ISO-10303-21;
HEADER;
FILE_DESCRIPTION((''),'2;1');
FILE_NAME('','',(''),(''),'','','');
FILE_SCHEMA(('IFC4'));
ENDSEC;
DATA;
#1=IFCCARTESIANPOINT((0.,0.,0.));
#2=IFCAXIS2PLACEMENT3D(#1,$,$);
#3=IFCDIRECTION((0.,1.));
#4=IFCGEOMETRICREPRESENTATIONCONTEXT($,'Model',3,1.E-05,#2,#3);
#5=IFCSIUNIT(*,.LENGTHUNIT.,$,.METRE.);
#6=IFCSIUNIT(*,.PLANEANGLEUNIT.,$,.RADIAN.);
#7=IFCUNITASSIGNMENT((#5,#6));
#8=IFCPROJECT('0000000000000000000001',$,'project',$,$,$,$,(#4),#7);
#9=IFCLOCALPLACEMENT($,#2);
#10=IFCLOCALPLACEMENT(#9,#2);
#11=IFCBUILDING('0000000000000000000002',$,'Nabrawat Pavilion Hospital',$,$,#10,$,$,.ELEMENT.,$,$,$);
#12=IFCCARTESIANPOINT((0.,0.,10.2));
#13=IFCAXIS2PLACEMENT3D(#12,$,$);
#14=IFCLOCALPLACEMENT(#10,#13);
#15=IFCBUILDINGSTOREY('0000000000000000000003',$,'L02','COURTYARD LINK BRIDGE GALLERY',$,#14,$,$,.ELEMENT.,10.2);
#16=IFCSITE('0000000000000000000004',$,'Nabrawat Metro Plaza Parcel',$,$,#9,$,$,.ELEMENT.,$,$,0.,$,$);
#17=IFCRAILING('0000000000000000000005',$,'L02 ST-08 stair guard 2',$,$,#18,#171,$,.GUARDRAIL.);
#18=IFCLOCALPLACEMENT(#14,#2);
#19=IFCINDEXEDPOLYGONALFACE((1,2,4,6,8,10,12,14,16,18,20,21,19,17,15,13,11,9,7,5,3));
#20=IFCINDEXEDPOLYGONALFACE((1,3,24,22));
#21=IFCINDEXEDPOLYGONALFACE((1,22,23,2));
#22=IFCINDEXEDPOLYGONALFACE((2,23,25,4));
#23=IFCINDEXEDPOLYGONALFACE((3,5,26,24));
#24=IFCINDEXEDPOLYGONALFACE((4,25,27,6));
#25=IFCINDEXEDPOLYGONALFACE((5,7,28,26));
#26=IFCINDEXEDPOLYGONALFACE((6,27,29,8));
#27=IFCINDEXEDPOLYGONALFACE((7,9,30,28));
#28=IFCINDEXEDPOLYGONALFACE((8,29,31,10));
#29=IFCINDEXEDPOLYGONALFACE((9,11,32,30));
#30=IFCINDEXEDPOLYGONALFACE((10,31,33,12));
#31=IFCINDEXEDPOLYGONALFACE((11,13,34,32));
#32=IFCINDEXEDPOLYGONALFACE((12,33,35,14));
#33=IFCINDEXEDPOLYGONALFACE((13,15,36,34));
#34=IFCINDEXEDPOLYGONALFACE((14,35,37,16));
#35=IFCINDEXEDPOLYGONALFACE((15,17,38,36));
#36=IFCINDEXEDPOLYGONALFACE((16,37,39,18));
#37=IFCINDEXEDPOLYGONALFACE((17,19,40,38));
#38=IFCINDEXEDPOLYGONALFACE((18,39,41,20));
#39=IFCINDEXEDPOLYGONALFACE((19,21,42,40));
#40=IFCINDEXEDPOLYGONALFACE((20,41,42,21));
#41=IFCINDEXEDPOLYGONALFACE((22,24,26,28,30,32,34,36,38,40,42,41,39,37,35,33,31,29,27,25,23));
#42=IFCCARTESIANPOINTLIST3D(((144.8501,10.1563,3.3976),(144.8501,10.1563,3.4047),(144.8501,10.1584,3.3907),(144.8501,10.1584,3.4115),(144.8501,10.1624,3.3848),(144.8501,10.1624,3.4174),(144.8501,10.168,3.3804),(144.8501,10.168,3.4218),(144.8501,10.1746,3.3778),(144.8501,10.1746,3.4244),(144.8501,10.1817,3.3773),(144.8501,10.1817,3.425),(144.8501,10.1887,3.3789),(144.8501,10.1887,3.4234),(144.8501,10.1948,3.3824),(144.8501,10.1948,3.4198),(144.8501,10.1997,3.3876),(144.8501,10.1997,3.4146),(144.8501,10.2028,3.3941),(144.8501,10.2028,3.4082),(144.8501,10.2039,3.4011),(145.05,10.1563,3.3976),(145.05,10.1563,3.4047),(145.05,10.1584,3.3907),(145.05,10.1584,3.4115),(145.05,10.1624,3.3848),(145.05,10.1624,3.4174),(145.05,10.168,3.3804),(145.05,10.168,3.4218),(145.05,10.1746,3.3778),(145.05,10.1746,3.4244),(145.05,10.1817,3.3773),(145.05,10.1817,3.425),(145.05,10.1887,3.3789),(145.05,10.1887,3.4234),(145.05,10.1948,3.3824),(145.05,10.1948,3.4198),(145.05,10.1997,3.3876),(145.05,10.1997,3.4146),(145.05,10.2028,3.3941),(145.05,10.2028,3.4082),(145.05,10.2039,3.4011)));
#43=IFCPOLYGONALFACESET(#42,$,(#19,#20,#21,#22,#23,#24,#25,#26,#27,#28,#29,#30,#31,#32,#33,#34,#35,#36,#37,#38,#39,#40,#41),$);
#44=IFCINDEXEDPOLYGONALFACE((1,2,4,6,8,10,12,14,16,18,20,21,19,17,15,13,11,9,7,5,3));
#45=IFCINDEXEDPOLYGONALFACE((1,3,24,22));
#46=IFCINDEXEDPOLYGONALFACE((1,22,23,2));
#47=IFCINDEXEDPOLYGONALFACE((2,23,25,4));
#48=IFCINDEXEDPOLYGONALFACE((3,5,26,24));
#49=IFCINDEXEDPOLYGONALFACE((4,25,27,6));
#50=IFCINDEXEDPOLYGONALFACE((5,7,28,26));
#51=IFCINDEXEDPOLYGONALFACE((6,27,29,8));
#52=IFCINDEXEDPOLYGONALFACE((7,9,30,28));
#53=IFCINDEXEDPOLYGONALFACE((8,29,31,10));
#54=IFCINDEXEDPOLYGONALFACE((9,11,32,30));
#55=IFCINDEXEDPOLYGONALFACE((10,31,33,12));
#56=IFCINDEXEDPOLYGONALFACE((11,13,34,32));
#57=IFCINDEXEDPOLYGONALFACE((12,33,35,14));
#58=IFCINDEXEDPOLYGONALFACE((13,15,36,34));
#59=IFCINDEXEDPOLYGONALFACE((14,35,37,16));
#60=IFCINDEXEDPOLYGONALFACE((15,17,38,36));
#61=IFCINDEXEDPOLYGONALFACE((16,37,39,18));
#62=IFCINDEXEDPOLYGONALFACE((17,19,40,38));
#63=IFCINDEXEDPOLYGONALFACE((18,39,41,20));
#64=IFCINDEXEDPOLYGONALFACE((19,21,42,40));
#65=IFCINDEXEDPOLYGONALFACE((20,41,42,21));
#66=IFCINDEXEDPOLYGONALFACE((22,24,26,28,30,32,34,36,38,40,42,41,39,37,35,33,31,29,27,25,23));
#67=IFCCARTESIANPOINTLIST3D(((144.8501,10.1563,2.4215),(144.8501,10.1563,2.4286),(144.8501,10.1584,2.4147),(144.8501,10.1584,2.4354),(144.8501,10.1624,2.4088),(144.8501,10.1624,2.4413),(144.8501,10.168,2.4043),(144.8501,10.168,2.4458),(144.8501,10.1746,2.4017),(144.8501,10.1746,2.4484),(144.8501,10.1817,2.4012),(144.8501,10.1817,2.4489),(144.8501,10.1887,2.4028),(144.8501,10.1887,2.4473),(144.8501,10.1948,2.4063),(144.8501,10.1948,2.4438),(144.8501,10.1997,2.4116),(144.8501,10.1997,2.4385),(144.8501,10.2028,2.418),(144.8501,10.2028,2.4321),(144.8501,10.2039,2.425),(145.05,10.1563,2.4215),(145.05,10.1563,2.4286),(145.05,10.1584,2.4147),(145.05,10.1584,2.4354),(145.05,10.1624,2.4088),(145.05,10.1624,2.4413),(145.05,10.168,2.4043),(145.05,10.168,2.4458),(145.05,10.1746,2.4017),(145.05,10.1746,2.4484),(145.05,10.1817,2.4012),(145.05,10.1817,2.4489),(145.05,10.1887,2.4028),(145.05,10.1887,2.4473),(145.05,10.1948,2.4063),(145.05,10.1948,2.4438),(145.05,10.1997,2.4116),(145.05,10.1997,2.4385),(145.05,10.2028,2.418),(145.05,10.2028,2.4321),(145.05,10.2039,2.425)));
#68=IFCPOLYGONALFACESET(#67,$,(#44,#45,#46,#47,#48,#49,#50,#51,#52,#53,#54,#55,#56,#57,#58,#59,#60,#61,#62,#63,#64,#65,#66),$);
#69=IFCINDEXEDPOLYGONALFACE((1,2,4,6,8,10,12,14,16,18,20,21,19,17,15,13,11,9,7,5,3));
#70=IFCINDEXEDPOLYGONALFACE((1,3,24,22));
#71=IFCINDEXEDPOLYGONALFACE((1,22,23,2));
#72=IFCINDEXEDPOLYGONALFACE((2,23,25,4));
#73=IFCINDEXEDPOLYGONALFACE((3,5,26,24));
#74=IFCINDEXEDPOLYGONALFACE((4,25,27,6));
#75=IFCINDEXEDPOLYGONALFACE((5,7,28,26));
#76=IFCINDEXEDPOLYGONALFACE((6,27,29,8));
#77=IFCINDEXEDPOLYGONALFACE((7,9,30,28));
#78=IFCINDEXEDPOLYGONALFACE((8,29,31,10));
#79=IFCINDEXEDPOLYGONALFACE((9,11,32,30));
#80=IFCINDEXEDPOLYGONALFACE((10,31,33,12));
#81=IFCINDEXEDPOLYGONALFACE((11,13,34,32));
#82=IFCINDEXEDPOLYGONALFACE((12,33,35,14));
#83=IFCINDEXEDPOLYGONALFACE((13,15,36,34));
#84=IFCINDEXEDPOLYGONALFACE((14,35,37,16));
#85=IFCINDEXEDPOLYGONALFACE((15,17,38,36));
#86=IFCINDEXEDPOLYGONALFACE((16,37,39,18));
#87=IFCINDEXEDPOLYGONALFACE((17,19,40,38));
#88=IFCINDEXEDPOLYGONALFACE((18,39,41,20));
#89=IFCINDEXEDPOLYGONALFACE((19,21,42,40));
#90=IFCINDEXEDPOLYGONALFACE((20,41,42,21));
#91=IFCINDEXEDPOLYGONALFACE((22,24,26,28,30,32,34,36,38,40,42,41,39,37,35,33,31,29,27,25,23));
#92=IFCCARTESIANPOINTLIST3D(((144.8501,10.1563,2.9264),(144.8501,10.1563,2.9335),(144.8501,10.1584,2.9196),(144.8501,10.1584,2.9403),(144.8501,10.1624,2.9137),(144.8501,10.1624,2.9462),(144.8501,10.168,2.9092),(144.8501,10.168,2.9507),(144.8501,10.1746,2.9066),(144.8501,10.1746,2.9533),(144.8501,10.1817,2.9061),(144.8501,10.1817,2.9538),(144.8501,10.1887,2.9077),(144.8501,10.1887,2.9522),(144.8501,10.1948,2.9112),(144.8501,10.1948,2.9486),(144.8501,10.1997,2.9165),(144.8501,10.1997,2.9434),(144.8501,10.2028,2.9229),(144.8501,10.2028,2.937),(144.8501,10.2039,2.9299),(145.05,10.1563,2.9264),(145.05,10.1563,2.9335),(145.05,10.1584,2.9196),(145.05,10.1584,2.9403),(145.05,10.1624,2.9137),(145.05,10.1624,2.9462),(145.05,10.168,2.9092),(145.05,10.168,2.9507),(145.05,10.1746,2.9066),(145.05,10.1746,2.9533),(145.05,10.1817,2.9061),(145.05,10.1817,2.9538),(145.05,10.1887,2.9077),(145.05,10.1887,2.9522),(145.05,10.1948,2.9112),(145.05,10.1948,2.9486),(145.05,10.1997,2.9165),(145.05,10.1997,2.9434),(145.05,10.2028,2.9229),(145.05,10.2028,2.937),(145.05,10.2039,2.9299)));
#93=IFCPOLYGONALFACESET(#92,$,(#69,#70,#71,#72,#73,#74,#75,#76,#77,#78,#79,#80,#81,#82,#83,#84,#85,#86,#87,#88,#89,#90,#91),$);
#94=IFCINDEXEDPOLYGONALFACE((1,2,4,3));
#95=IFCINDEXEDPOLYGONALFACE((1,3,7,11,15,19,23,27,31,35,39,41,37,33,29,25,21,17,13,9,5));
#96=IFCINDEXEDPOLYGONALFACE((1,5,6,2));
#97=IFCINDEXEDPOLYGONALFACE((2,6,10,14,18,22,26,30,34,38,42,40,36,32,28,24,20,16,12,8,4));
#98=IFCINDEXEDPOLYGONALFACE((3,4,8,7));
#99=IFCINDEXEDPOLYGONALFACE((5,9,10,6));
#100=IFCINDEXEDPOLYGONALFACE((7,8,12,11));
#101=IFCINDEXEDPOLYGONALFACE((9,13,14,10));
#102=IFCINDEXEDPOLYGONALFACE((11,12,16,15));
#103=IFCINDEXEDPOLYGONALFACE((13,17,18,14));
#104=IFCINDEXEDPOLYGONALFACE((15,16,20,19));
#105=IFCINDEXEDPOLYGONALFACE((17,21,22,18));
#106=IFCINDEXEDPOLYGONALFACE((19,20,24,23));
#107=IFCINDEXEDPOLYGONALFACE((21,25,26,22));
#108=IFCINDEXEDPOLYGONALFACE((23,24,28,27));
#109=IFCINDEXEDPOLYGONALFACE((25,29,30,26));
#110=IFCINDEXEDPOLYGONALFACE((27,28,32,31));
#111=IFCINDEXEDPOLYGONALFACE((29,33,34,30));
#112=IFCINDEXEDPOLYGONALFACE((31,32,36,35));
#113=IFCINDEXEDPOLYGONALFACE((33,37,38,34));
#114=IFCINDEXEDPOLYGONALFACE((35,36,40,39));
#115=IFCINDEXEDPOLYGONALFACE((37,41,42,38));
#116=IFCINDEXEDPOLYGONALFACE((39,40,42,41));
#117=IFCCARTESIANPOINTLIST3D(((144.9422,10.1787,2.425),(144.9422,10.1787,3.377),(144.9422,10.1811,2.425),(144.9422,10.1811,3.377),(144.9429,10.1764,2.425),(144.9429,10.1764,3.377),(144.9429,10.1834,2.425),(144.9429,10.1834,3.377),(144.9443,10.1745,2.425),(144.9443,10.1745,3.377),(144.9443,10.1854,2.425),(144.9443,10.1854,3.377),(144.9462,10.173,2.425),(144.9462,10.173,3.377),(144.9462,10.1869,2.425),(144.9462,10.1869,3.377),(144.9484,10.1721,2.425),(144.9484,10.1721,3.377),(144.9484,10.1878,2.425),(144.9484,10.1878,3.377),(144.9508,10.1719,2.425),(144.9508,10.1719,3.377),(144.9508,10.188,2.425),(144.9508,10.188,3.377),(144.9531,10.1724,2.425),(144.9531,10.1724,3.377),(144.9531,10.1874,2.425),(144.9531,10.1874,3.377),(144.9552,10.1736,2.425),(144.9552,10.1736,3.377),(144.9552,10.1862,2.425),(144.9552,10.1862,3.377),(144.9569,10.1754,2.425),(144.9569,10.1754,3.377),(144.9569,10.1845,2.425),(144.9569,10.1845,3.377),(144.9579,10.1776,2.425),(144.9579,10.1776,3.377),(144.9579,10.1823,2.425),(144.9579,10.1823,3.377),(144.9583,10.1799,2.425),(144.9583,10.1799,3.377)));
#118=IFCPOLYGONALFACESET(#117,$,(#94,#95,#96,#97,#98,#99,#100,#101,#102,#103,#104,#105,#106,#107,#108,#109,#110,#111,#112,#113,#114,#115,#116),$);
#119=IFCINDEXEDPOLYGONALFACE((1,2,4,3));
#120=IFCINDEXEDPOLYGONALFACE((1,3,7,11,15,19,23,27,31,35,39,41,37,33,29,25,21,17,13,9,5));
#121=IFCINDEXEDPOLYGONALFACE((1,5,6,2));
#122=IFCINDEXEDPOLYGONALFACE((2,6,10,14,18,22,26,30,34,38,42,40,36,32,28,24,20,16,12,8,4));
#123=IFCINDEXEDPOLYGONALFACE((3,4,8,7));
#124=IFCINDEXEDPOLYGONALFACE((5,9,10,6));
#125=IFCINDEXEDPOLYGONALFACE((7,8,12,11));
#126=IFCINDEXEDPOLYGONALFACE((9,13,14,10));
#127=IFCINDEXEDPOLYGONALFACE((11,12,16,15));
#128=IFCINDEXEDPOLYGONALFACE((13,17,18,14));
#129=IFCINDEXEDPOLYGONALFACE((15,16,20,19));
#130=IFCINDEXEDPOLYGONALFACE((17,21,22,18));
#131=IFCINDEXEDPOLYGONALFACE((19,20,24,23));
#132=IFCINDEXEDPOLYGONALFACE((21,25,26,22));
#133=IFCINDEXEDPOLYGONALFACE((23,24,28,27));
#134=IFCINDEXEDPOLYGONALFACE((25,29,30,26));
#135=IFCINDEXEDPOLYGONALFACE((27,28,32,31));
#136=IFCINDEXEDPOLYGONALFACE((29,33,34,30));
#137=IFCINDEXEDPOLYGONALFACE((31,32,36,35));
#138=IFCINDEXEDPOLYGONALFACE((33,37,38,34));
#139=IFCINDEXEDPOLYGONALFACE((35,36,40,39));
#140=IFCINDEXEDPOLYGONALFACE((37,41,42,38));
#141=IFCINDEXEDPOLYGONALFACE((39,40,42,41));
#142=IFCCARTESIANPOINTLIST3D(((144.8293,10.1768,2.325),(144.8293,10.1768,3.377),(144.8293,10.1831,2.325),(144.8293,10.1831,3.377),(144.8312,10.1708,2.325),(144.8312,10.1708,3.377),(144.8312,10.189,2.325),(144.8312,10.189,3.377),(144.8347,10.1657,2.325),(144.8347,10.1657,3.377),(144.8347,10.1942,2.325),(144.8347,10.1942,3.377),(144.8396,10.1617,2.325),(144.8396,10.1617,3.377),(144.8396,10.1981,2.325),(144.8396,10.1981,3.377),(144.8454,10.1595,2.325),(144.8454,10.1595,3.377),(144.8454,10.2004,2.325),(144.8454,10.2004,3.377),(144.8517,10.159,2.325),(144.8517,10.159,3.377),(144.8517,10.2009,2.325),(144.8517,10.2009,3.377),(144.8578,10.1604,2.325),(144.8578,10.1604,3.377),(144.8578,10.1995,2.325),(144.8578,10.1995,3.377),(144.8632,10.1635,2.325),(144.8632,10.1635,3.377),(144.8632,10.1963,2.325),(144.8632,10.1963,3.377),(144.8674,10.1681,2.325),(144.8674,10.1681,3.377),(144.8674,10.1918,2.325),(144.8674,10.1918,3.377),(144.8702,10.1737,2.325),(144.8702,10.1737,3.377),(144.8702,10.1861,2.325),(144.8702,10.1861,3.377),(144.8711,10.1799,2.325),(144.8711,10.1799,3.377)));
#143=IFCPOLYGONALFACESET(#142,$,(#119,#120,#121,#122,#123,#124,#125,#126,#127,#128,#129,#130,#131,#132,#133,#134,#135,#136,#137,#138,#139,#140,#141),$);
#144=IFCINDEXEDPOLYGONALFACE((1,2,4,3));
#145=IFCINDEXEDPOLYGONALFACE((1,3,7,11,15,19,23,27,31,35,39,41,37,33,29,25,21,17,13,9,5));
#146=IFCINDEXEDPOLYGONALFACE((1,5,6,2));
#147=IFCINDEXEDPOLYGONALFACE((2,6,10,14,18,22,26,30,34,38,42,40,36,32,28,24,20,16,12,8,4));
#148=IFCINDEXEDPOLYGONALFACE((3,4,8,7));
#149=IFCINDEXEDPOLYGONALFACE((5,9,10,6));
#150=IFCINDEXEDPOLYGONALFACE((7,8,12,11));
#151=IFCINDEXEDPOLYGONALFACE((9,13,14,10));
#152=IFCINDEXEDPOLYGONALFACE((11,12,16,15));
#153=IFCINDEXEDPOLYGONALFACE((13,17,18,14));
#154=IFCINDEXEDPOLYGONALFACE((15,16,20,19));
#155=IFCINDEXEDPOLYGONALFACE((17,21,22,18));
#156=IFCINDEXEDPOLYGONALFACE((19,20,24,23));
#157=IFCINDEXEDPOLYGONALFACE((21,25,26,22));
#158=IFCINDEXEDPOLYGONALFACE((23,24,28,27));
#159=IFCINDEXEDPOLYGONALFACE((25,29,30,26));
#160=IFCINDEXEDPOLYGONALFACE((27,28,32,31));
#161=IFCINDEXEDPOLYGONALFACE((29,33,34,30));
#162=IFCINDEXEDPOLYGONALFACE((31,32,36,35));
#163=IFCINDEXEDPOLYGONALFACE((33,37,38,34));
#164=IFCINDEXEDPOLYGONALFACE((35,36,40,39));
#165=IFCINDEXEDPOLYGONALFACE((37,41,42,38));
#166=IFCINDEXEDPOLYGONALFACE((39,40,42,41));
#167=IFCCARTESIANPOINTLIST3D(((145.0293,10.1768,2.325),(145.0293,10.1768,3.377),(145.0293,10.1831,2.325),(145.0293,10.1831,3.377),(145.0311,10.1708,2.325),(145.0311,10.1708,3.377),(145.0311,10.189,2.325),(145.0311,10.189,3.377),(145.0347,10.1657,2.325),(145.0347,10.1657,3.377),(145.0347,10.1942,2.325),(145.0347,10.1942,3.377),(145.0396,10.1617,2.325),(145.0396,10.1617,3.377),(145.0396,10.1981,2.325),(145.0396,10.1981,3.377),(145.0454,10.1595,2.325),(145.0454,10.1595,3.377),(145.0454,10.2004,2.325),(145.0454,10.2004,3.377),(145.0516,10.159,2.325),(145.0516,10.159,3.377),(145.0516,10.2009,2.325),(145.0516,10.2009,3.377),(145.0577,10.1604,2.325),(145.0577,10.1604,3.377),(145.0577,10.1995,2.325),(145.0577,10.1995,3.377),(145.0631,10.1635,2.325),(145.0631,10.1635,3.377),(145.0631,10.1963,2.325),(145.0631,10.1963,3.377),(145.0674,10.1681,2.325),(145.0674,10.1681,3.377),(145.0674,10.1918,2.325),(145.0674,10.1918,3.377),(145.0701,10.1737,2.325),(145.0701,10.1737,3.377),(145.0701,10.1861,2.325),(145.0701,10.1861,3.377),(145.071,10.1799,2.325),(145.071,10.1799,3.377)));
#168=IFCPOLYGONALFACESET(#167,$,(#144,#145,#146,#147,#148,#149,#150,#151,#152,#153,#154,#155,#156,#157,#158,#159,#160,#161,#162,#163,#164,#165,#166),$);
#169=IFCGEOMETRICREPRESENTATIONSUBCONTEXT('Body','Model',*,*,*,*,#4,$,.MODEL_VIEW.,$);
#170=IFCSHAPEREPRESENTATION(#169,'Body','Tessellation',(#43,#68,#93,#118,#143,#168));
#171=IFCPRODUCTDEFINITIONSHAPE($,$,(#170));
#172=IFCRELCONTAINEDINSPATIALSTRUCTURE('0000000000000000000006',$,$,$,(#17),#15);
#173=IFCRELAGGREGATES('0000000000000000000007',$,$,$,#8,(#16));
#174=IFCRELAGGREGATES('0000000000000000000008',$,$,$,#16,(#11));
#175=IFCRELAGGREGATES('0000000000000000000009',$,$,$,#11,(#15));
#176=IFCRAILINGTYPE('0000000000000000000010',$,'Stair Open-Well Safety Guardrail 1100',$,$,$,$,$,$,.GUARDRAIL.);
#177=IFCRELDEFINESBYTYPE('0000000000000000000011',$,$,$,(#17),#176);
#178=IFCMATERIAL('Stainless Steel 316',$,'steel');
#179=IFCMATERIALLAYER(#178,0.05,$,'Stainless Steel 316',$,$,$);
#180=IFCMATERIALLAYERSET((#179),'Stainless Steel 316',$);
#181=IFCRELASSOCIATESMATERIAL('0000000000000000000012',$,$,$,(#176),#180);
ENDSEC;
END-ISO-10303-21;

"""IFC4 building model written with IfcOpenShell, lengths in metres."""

from ifc_helpers import new_model, si_unit, direction, frame, origin, origin_2d, place, context, subcontext, project, spatial, circle, extrude, material, layer, layer_set, type_object, element, save


model = new_model("IFC4")

# Units and contexts
model_context = context("Model", 3, precision=1e-05, world=origin(), true_north=direction((0.0, 1.0)))
body_context = subcontext(model_context, "Body", "Model", "MODEL_VIEW")
ifc_project = project(units=[si_unit("LENGTHUNIT", "METRE"), si_unit("PLANEANGLEUNIT", "RADIAN")], contexts=[model_context])

# Site, building, storey
site_placement = place(None, origin())
site = spatial("IfcSite", under=ifc_project, at=site_placement, Name="Nabrawat Metro Plaza Parcel", CompositionType="ELEMENT", RefElevation=0.0)
building_placement = place(site_placement, origin())
building = spatial("IfcBuilding", under=site, at=building_placement, Name="Nabrawat Pavilion Hospital", CompositionType="ELEMENT")
storey_placement = place(building_placement, frame((0.0, 0.0, 10.2)))
storey = spatial("IfcBuildingStorey", under=building, at=storey_placement, Name="L02", Description="COURTYARD LINK BRIDGE GALLERY", CompositionType="ELEMENT", Elevation=10.2)

# Railing
ifc_material_1 = material(Name="Stainless Steel 316", Category="steel")
ifc_layer_1 = layer(ifc_material_1, 0.05, Name="Stainless Steel 316")
ifc_layer_set_1 = layer_set([ifc_layer_1], Name="Stainless Steel 316")
railing_type_1 = type_object("IfcRailingType", Name="Stair Open-Well Safety Guardrail 1100", PredefinedType="GUARDRAIL", material=ifc_layer_set_1)
railing_1_placement = place(storey_placement, frame((144.8501, 10.1799, 2.325)))
element("IfcRailing", 1, at=railing_1_placement, inside=storey, type_object=railing_type_1, Name="L02 ST-08 stair guard 2", PredefinedType="GUARDRAIL", context=body_context, shape_type="SweptSolid", body=[
    extrude(circle(Radius=0.0239, at=origin_2d()), frame((0.0, 0.0, 1.0762), z_axis=(1.0, 0.0, 0.0), x_axis=(0.0, 1.0, 0.0)), (0.0, 0.0, 1.0), 0.2),
    extrude(circle(Radius=0.0239, at=origin_2d()), frame((0.0, 0.0, 0.1001), z_axis=(1.0, 0.0, 0.0), x_axis=(0.0, 1.0, 0.0)), (0.0, 0.0, 1.0), 0.2),
    extrude(circle(Radius=0.0239, at=origin_2d()), frame((0.0, 0.0, 0.605), z_axis=(1.0, 0.0, 0.0), x_axis=(0.0, 1.0, 0.0)), (0.0, 0.0, 1.0), 0.2),
    extrude(circle(Radius=0.0081, at=origin_2d()), frame((0.1001, 0.0, 0.1001)), (0.0, 0.0, 1.0), 0.9519),
    extrude(circle(Radius=0.021, at=origin_2d()), origin(), (0.0, 0.0, 1.0), 1.052),
    extrude(circle(Radius=0.021, at=origin_2d()), frame((0.2, 0.0, 0.0)), (0.0, 0.0, 1.0), 1.052),
])

save(model, "model.ifc")
